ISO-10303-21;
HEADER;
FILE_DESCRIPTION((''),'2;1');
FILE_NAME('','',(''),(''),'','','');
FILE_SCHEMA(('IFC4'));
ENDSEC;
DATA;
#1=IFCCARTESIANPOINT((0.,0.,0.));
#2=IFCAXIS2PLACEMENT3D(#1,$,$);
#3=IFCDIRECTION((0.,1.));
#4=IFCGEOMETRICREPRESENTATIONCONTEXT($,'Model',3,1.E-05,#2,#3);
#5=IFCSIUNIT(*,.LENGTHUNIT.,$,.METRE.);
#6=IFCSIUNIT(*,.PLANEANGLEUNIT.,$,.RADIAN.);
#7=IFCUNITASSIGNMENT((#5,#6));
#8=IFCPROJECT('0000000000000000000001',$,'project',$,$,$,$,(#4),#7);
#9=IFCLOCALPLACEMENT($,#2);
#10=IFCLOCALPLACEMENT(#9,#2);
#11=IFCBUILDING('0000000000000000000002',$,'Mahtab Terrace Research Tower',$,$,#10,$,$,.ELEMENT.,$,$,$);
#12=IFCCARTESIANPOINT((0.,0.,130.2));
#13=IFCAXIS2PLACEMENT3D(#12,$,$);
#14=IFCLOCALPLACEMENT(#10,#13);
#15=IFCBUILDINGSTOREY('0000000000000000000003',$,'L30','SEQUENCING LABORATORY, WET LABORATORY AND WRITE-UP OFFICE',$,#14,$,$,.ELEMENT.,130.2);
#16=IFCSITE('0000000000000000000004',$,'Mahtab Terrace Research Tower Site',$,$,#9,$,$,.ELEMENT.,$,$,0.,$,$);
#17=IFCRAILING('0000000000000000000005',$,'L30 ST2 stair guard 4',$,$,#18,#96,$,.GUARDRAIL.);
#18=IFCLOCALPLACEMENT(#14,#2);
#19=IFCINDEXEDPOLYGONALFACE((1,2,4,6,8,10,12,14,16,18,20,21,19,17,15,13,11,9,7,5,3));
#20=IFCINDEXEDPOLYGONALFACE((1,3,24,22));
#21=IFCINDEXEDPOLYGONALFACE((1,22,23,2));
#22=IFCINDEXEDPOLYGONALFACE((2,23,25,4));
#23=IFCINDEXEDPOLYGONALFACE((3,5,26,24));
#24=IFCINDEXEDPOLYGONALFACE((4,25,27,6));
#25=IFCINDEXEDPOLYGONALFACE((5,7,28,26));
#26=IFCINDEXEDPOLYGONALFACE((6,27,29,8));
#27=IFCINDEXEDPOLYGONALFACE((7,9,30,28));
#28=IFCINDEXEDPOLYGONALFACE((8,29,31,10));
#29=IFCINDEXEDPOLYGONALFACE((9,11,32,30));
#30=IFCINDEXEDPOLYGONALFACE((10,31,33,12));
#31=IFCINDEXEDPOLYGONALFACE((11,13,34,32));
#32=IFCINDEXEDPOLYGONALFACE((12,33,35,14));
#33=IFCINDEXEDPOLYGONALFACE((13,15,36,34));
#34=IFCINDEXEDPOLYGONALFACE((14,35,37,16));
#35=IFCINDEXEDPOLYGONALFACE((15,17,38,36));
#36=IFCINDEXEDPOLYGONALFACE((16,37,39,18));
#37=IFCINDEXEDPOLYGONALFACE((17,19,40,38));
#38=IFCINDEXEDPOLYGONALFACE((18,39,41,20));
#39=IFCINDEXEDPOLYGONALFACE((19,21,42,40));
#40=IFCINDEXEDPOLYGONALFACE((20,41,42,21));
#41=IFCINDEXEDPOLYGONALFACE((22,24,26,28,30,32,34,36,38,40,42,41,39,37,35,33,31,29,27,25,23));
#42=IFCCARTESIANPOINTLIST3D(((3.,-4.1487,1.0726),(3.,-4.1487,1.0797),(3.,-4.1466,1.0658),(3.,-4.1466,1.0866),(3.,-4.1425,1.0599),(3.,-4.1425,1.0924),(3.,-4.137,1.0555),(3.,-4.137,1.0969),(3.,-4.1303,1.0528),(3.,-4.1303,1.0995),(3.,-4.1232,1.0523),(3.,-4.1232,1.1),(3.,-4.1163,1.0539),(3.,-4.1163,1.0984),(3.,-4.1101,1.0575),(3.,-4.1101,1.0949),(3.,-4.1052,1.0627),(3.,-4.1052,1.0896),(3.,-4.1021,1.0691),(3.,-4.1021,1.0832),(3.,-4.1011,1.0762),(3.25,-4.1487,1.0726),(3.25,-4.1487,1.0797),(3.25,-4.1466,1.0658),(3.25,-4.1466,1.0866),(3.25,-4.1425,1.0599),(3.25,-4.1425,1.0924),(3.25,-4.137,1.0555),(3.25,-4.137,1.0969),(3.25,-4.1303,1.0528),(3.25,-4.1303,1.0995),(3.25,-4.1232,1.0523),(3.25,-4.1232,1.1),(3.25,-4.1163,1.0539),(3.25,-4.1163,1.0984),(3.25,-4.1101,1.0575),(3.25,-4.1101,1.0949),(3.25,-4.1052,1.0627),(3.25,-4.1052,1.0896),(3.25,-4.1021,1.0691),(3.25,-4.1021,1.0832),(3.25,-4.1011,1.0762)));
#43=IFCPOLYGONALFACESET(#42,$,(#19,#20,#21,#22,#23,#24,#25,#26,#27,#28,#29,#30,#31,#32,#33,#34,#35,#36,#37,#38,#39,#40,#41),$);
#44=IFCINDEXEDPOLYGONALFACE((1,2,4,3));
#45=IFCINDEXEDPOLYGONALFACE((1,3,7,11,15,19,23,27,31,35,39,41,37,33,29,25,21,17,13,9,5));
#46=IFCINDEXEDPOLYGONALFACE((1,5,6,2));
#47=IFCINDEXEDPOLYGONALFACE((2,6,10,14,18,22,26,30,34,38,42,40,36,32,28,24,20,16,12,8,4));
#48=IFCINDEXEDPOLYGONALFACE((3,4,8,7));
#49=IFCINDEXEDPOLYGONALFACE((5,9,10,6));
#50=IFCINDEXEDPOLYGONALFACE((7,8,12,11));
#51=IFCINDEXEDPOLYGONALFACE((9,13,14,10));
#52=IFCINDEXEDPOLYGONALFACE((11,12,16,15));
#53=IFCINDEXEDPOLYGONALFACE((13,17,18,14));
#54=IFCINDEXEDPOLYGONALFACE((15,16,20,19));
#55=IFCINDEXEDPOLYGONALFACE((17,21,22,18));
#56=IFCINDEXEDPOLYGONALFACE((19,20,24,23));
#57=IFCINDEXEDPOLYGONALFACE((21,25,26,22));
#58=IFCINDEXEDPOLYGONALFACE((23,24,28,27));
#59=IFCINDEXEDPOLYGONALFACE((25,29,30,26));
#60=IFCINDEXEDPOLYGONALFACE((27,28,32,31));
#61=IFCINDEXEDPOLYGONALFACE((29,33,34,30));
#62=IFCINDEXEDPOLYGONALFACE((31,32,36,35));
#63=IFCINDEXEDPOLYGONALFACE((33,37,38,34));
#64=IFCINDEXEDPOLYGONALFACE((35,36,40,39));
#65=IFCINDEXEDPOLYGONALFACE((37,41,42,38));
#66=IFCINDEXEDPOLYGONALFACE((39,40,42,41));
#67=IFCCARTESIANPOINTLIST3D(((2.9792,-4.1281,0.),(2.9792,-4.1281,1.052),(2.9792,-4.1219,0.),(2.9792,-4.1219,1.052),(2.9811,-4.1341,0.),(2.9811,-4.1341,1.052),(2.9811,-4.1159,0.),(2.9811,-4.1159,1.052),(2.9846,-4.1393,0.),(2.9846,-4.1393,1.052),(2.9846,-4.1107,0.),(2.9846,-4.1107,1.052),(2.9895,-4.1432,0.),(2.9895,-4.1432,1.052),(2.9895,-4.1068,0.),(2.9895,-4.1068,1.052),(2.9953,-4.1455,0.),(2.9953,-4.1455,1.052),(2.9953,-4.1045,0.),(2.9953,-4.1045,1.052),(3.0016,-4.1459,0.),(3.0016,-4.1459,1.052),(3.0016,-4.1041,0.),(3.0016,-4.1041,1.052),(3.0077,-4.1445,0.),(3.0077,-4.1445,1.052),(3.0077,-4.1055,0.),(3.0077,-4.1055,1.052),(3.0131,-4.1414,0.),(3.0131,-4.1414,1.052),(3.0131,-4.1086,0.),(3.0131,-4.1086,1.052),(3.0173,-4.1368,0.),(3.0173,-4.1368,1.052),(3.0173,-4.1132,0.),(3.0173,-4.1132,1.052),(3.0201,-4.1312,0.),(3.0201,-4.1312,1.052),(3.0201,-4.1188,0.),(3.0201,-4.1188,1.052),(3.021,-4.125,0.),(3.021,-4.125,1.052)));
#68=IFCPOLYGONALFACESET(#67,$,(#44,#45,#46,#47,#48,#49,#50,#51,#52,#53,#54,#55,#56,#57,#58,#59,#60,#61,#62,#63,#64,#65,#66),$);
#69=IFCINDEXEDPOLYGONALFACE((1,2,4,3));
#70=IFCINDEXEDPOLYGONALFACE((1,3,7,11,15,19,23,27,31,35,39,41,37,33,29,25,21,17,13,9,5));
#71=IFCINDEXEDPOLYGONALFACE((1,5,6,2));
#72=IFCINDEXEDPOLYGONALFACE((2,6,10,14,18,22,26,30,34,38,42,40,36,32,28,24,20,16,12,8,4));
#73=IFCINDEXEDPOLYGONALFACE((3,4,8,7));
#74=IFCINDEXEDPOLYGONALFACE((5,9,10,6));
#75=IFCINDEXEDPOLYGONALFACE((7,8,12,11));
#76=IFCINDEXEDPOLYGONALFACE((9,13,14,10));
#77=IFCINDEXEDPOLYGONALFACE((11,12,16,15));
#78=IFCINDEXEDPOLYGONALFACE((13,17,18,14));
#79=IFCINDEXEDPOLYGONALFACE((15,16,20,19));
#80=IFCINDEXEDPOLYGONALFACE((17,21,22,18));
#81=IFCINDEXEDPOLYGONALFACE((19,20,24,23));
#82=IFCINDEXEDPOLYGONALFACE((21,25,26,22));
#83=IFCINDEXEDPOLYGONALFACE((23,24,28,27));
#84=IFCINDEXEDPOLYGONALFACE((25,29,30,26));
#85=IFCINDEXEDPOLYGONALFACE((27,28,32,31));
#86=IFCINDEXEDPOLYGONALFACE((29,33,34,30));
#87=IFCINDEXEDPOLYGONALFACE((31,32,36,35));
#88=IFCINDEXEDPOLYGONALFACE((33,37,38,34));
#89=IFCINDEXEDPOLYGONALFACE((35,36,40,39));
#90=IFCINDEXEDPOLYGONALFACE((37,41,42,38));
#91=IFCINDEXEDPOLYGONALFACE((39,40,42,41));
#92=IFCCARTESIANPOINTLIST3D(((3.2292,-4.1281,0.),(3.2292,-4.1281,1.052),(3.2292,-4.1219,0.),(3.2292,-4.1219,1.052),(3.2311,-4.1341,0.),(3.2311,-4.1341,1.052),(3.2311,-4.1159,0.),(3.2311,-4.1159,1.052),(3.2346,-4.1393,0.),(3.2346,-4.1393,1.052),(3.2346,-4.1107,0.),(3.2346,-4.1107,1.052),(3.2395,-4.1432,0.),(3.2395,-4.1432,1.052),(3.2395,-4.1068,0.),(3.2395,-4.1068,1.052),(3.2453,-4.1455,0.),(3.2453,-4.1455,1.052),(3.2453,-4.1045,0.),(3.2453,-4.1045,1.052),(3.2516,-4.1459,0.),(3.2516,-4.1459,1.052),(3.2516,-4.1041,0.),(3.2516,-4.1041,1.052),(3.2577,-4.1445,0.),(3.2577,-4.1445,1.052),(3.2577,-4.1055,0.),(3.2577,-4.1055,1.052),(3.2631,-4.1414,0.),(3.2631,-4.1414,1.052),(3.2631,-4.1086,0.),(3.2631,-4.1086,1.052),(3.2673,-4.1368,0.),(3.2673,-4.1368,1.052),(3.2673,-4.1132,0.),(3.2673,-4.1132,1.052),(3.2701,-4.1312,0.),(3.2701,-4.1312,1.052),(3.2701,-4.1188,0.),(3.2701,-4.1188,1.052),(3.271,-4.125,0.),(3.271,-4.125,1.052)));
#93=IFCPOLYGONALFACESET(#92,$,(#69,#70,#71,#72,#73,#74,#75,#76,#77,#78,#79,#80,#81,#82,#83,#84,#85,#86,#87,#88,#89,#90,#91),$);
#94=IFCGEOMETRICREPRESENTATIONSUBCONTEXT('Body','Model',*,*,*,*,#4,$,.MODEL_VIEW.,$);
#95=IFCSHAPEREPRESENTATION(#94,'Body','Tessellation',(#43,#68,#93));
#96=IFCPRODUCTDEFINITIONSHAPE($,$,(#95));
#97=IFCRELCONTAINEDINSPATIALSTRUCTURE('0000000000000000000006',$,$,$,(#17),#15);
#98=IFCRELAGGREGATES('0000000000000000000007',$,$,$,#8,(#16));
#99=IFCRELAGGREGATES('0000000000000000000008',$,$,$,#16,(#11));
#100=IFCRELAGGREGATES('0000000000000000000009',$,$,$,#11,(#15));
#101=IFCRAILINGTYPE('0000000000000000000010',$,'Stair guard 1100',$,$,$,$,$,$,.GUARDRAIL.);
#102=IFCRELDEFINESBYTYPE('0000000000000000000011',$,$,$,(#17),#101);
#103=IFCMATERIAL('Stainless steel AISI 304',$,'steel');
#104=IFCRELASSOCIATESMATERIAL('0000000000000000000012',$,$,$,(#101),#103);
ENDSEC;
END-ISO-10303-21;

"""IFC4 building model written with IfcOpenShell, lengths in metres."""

from ifc_helpers import new_model, si_unit, direction, frame, origin, origin_2d, place, context, subcontext, project, spatial, circle, extrude, material, type_object, element, save


model = new_model("IFC4")

# Units and contexts
model_context = context("Model", 3, precision=1e-05, world=origin(), true_north=direction((0.0, 1.0)))
body_context = subcontext(model_context, "Body", "Model", "MODEL_VIEW")
ifc_project = project(units=[si_unit("LENGTHUNIT", "METRE"), si_unit("PLANEANGLEUNIT", "RADIAN")], contexts=[model_context])

# Site, building, storey
site_placement = place(None, origin())
site = spatial("IfcSite", under=ifc_project, at=site_placement, Name="Mahtab Terrace Research Tower Site", CompositionType="ELEMENT", RefElevation=0.0)
building_placement = place(site_placement, origin())
building = spatial("IfcBuilding", under=site, at=building_placement, Name="Mahtab Terrace Research Tower", CompositionType="ELEMENT")
storey_placement = place(building_placement, frame((0.0, 0.0, 130.2)))
storey = spatial("IfcBuildingStorey", under=building, at=storey_placement, Name="L30", Description="SEQUENCING LABORATORY, WET LABORATORY AND WRITE-UP OFFICE", CompositionType="ELEMENT", Elevation=130.2)

# Railing
ifc_material_1 = material(Name="Stainless steel AISI 304", Category="steel")
railing_type_1 = type_object("IfcRailingType", Name="Stair guard 1100", PredefinedType="GUARDRAIL", material=ifc_material_1)
railing_1_placement = place(storey_placement, frame((3.0, -4.125, 0.0)))
element("IfcRailing", 1, at=railing_1_placement, inside=storey, type_object=railing_type_1, Name="L30 ST2 stair guard 4", PredefinedType="GUARDRAIL", context=body_context, shape_type="SweptSolid", body=[
    extrude(circle(Radius=0.0239, at=origin_2d()), frame((0.0, 0.0, 1.0762), z_axis=(1.0, 0.0, 0.0), x_axis=(0.0, 1.0, 0.0)), (0.0, 0.0, 1.0), 0.25),
    extrude(circle(Radius=0.021, at=origin_2d()), origin(), (0.0, 0.0, 1.0), 1.052),
    extrude(circle(Radius=0.021, at=origin_2d()), frame((0.25, 0.0, 0.0)), (0.0, 0.0, 1.0), 1.052),
])

save(model, "model.ifc")
